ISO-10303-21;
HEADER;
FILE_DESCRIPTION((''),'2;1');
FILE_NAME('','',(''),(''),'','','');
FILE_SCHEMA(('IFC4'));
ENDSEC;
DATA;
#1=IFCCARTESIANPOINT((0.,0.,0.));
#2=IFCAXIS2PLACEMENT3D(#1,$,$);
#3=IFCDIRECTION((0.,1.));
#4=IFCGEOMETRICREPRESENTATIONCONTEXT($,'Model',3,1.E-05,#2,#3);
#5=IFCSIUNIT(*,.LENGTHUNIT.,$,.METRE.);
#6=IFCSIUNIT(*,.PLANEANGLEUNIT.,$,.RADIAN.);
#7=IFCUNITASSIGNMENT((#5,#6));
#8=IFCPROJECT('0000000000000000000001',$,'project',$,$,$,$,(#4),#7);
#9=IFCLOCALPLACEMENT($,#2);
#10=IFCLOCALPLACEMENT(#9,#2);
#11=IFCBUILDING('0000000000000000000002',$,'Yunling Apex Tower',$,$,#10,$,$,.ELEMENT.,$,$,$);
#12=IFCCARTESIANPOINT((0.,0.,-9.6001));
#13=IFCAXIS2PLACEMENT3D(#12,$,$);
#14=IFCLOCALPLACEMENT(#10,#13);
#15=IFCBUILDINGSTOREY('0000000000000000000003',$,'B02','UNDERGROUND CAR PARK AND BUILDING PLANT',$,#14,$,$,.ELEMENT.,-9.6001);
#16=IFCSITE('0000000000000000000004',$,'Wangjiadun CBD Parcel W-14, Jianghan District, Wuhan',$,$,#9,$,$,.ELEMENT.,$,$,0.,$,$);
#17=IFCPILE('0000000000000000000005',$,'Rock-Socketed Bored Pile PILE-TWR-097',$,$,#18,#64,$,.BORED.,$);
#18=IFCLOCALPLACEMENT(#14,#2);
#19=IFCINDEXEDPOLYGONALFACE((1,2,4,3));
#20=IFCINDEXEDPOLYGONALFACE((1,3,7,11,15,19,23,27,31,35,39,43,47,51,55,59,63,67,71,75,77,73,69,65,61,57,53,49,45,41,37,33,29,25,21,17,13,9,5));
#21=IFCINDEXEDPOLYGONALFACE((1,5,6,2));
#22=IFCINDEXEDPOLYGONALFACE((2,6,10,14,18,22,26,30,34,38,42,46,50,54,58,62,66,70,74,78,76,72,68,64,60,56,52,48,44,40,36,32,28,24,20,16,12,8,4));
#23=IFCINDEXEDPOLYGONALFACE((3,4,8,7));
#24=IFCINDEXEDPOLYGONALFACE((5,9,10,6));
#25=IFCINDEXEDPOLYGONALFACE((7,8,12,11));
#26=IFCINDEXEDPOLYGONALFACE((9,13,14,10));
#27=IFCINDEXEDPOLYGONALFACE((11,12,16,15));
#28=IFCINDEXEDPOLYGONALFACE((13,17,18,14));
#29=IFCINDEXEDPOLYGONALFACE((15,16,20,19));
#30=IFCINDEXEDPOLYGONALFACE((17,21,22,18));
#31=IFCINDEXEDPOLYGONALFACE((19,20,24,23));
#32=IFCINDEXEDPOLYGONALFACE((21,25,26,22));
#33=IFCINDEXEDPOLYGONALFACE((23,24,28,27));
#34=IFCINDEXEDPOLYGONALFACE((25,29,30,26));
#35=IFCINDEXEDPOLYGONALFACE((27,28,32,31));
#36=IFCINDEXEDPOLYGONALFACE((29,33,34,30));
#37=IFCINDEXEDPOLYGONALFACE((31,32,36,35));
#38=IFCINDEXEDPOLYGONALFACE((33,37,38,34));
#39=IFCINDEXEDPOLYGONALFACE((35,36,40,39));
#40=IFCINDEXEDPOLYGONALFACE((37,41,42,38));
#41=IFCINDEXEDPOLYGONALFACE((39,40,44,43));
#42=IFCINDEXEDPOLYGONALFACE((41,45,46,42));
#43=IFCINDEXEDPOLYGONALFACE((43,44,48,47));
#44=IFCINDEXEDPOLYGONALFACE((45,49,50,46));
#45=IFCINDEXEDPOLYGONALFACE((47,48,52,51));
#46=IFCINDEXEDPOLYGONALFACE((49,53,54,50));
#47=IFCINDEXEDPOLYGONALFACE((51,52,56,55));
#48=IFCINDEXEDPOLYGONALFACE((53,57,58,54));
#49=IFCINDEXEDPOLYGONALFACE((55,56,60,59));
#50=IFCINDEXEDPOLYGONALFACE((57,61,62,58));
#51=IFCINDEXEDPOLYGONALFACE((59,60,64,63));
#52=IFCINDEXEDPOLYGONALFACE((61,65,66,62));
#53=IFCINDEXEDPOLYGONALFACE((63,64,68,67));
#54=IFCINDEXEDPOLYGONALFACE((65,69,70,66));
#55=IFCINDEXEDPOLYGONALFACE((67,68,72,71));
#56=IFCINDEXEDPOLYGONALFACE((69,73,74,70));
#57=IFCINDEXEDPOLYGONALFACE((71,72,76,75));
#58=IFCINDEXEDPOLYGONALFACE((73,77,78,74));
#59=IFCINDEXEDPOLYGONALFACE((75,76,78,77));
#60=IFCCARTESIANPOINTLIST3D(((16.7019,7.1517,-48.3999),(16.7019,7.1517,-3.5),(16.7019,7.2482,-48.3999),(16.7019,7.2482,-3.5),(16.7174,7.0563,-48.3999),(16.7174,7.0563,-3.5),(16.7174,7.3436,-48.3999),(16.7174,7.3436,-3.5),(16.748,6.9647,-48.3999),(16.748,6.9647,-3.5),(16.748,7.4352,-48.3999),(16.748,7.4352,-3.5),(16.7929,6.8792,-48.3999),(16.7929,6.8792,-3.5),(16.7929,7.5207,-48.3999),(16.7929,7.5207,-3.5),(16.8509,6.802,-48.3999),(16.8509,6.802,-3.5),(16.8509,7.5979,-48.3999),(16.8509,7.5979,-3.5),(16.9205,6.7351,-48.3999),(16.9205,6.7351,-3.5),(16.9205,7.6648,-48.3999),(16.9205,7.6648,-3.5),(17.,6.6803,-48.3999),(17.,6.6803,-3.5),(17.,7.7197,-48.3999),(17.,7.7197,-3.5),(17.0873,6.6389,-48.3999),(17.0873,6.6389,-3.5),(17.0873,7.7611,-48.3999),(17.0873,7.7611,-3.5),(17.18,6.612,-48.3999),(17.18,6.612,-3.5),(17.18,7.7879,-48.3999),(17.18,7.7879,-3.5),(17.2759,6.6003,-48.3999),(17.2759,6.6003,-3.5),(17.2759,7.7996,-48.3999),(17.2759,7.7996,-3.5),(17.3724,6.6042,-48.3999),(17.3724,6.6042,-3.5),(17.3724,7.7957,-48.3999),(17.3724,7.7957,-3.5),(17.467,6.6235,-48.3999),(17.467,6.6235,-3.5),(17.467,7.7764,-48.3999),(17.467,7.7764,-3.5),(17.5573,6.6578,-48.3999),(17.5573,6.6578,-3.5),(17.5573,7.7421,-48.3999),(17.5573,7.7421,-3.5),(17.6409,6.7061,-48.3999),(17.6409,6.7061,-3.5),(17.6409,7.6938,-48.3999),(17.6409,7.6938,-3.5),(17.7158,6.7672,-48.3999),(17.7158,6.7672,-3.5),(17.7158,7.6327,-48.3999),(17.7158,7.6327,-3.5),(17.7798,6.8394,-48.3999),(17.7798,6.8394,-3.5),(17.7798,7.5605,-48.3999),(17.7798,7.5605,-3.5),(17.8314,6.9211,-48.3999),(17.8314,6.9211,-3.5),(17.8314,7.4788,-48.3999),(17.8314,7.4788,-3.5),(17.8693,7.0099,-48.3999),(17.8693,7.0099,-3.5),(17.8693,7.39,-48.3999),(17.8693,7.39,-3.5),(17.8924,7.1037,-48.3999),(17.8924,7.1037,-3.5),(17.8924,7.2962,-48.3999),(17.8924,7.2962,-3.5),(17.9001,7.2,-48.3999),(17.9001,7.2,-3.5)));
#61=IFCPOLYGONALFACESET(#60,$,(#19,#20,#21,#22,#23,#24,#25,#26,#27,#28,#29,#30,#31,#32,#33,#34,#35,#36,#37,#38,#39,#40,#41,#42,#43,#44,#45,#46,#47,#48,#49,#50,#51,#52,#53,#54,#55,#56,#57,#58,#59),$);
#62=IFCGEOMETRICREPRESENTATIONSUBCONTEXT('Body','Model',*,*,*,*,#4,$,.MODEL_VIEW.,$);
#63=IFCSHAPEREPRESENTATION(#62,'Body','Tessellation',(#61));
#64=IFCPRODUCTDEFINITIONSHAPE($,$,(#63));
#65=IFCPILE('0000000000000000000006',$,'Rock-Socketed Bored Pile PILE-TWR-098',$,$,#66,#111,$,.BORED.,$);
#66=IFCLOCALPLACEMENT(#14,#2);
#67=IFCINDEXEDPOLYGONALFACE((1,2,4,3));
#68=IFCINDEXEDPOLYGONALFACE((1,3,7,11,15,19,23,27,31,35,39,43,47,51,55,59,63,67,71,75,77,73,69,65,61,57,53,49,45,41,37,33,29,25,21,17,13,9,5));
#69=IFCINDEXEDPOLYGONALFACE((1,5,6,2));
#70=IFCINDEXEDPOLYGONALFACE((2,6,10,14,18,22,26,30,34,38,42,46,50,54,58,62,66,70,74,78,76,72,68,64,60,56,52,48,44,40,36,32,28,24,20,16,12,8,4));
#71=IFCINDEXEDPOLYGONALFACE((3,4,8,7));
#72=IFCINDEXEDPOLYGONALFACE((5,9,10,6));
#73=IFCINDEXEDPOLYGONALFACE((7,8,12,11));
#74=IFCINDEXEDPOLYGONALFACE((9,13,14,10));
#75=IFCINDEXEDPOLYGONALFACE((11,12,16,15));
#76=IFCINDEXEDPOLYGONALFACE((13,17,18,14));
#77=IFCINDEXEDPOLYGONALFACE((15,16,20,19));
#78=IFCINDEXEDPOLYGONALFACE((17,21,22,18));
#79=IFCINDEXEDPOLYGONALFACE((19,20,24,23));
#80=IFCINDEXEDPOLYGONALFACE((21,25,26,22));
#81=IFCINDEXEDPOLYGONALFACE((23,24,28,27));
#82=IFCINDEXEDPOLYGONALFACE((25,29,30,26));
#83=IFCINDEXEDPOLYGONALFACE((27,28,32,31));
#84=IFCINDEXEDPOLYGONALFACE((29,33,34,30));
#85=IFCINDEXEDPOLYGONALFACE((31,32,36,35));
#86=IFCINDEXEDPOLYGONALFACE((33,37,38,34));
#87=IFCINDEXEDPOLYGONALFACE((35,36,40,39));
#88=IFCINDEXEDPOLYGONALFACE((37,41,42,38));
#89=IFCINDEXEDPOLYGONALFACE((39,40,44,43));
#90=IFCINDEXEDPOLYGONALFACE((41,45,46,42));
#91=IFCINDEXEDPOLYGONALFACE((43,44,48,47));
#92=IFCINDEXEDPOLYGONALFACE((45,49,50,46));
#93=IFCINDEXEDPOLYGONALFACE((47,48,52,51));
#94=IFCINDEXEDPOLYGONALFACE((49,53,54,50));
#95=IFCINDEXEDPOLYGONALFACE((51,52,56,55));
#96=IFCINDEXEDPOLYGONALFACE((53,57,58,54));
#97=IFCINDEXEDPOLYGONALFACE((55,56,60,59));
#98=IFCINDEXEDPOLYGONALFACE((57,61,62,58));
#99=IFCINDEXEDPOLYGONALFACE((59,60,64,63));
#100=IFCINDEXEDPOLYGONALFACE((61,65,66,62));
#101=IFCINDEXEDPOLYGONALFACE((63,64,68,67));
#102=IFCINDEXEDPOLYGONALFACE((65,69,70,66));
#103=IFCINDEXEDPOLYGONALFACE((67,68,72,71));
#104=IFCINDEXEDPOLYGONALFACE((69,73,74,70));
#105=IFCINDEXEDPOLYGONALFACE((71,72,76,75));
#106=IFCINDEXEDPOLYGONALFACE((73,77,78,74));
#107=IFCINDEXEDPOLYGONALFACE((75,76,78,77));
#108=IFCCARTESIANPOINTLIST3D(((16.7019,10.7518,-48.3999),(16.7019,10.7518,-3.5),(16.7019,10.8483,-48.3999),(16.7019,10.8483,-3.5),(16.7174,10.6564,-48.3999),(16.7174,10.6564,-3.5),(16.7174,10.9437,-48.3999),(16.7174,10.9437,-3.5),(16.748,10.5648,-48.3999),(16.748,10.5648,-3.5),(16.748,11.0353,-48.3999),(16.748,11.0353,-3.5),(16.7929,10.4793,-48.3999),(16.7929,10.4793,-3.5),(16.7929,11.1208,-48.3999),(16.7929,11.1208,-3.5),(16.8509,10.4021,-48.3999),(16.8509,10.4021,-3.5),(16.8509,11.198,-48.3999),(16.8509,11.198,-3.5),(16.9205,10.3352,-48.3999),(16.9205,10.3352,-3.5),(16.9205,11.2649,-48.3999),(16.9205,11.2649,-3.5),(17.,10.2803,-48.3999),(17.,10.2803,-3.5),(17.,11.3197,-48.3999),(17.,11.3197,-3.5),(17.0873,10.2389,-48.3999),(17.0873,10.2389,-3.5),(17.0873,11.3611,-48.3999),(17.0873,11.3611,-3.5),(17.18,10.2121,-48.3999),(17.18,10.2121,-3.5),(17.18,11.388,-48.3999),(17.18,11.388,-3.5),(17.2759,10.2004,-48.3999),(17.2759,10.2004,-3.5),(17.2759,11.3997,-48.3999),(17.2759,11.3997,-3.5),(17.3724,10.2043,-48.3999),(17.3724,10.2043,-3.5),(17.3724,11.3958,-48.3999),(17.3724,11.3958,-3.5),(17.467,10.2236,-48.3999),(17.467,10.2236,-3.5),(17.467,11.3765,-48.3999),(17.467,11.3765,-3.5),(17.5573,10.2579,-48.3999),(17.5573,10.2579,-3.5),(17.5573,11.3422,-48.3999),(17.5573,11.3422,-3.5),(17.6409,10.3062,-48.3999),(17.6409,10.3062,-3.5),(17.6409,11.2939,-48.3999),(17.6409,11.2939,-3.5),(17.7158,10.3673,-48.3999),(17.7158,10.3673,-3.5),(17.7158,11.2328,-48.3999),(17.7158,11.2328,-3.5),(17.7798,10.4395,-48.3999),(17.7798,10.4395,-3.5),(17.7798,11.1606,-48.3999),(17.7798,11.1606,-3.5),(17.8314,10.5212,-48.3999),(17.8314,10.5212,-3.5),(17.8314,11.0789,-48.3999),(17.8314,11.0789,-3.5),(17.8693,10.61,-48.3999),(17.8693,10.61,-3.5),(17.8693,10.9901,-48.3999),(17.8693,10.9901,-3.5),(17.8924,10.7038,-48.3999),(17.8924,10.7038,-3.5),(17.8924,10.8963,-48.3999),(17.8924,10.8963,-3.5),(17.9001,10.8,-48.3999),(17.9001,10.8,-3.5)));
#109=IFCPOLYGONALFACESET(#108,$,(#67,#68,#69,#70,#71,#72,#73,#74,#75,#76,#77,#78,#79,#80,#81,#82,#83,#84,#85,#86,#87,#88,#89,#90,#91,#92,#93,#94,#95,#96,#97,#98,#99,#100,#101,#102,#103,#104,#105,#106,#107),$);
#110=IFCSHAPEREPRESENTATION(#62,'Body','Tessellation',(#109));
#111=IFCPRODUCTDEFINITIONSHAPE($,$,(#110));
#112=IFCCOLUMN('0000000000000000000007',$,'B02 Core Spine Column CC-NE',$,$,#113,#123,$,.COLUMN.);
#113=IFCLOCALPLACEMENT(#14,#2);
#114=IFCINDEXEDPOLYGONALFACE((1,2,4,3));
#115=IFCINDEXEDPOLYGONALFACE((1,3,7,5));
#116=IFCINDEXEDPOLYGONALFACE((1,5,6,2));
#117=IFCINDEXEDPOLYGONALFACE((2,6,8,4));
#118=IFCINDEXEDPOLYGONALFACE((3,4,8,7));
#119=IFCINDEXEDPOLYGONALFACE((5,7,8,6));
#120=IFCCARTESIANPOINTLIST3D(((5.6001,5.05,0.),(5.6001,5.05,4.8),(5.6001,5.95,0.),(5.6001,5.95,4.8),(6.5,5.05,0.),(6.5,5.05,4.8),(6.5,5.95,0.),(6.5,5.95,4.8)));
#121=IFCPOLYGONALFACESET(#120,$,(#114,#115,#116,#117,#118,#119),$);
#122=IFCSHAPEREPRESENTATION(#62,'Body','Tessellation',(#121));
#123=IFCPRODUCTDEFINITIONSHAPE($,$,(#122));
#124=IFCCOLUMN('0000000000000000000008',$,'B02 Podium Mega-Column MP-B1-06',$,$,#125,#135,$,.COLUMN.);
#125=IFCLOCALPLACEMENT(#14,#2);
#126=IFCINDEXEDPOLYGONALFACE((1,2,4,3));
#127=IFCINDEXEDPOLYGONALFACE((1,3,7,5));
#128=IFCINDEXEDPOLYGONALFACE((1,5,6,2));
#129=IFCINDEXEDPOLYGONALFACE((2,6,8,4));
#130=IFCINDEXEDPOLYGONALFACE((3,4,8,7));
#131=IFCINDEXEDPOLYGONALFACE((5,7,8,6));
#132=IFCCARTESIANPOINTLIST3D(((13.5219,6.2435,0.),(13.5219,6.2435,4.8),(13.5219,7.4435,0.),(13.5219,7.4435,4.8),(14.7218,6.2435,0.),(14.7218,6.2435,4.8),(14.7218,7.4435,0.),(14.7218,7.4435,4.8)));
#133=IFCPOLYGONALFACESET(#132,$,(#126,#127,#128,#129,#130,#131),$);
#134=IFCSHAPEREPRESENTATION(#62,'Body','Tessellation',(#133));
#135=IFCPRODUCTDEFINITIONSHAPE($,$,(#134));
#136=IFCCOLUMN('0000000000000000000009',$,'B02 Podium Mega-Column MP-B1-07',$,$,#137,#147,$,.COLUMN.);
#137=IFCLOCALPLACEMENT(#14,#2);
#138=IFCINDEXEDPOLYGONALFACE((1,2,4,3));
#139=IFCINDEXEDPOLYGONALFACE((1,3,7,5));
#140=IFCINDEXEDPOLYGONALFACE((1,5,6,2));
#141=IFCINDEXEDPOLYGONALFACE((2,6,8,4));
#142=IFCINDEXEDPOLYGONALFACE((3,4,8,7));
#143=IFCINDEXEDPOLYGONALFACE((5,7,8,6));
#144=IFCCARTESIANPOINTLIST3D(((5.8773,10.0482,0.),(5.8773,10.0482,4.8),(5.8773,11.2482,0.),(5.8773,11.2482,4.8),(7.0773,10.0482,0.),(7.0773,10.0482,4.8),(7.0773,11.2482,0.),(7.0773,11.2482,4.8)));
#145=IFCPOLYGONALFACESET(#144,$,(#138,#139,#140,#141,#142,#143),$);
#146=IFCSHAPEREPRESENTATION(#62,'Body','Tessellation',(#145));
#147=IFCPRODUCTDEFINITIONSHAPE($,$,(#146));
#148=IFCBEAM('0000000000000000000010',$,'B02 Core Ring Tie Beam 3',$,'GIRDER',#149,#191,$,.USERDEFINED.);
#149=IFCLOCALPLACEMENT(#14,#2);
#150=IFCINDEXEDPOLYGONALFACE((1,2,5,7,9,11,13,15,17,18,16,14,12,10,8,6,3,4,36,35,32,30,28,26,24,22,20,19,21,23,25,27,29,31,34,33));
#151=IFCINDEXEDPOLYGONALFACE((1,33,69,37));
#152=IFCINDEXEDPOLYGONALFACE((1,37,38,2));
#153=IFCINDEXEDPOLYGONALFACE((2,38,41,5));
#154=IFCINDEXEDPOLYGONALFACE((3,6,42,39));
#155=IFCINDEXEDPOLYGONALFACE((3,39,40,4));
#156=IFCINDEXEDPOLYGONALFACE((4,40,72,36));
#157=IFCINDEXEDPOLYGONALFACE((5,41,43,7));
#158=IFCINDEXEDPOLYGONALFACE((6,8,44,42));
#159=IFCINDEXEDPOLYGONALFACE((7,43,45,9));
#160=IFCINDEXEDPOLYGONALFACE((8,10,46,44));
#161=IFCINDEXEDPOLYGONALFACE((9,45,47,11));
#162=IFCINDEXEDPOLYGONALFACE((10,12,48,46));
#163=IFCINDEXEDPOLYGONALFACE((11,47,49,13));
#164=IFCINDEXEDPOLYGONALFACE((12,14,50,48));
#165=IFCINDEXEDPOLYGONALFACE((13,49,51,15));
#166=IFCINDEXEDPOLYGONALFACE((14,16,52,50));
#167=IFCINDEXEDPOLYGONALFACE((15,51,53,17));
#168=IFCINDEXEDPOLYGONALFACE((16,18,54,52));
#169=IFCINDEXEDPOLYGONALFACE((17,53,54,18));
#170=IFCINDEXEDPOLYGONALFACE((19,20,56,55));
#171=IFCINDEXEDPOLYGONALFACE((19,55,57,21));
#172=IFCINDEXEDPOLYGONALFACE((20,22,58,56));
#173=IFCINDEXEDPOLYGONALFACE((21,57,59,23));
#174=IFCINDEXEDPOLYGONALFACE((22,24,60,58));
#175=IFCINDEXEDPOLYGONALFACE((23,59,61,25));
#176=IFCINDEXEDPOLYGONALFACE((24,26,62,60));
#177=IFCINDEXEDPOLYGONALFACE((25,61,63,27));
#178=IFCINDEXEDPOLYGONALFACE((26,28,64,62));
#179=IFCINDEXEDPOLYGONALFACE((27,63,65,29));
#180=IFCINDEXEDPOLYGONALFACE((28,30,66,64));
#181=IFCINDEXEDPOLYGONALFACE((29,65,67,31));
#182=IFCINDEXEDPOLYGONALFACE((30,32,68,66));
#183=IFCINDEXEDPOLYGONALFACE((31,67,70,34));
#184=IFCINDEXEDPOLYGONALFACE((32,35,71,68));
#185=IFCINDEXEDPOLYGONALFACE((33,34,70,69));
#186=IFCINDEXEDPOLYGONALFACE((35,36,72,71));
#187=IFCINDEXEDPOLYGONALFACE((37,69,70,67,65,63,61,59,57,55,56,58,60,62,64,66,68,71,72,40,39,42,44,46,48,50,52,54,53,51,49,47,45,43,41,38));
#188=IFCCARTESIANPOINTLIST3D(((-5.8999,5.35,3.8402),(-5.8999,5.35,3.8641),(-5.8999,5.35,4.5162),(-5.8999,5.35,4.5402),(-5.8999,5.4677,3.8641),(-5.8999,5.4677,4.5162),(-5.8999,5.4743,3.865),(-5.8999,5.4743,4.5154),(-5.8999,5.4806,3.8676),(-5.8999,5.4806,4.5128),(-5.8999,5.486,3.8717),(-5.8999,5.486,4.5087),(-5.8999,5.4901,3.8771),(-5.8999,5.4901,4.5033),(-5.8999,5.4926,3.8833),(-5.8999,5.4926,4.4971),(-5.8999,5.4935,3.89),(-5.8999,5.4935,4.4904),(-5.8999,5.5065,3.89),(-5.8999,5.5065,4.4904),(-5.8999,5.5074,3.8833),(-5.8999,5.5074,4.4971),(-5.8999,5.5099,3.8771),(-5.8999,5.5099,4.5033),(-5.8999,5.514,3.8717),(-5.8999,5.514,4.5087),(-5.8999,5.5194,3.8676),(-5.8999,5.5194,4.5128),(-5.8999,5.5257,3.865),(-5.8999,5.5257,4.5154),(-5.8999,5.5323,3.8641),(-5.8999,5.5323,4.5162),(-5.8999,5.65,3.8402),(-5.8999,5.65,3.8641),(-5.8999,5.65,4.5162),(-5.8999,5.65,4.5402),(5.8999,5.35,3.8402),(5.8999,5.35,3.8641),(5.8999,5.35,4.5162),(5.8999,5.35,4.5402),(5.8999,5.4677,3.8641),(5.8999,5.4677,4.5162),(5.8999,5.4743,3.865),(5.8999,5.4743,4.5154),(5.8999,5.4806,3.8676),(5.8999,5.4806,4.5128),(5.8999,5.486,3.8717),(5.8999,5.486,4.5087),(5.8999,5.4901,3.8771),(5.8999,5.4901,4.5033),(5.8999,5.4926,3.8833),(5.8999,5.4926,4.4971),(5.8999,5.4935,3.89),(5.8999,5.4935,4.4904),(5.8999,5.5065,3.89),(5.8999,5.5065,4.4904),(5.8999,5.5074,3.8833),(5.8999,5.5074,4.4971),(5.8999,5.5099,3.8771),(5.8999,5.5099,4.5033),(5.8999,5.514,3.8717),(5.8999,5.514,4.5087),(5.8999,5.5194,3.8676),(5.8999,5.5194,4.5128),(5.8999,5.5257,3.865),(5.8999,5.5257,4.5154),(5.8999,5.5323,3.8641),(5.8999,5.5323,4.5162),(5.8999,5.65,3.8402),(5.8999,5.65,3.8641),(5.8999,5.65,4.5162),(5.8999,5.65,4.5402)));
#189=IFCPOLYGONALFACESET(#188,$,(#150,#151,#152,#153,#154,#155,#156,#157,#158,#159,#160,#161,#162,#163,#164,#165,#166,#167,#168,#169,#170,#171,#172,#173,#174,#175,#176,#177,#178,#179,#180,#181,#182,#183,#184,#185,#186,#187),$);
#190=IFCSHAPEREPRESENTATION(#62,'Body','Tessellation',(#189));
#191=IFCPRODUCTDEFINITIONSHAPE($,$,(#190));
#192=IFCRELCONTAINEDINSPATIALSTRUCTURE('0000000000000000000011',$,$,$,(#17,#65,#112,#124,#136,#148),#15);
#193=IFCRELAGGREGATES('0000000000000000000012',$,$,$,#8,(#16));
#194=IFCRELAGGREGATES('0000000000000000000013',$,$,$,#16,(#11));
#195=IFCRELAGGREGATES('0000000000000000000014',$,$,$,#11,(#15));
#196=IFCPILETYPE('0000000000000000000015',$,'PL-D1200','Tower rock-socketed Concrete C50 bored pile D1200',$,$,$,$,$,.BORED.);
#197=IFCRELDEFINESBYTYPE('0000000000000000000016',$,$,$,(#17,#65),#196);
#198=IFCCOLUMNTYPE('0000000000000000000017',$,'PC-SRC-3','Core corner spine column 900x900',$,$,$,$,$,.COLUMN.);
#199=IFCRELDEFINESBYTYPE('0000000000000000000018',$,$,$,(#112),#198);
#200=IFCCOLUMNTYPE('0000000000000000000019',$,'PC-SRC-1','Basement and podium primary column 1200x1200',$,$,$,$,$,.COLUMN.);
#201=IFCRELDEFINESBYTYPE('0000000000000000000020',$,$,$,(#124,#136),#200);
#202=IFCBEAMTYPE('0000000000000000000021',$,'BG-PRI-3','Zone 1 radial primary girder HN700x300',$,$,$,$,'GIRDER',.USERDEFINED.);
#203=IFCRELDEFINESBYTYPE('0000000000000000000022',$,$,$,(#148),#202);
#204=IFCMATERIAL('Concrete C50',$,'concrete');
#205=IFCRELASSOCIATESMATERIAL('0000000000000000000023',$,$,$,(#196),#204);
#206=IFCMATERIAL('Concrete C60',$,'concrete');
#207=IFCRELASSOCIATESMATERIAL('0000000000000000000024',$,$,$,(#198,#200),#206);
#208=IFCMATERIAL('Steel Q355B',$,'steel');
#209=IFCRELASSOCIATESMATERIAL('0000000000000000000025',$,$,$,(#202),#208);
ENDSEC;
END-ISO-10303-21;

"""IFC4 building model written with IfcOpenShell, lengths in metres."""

from ifc_helpers import new_model, si_unit, direction, frame, origin, origin_2d, place, context, subcontext, project, spatial, rectangle, circle, i_section, extrude, source, transform, mapped, material, material_profile, profile_set, type_object, element, save


model = new_model("IFC4")

# Units and contexts
model_context = context("Model", 3, precision=1e-05, world=origin(), true_north=direction((0.0, 1.0)))
body_context = subcontext(model_context, "Body", "Model", "MODEL_VIEW")
ifc_project = project(units=[si_unit("LENGTHUNIT", "METRE"), si_unit("PLANEANGLEUNIT", "RADIAN")], contexts=[model_context])

# Site, building, storey
site_placement = place(None, origin())
site = spatial("IfcSite", under=ifc_project, at=site_placement, Name="Wangjiadun CBD Parcel W-14, Jianghan District, Wuhan", CompositionType="ELEMENT", RefElevation=0.0)
building_placement = place(site_placement, origin())
building = spatial("IfcBuilding", under=site, at=building_placement, Name="Yunling Apex Tower", CompositionType="ELEMENT")
storey_placement = place(building_placement, frame((0.0, 0.0, -9.6001)))
storey = spatial("IfcBuildingStorey", under=building, at=storey_placement, Name="B02", Description="UNDERGROUND CAR PARK AND BUILDING PLANT", CompositionType="ELEMENT", Elevation=-9.6001)

# Piles
ifc_material_1 = material(Name="Concrete C50", Category="concrete")
ifc_material_profile_1 = material_profile(ifc_material_1, circle(Radius=0.6001, at=origin_2d()))
ifc_profile_set_1 = profile_set([ifc_material_profile_1], Name="Concrete C50")
pile_type = type_object("IfcPileType", Name="PL-D1200", Description="Tower rock-socketed Concrete C50 bored pile D1200", PredefinedType="BORED", material=ifc_profile_set_1)
shared_shape_1 = source(origin(), body_context, "Body", "SweptSolid", [
    extrude(circle(Radius=0.6001, at=origin_2d()), origin(), (0.0, 0.0, 1.0), 44.8999),
])
for number, where, z_axis, x_axis, name in (
    (1, (17.3, 7.2, -3.5), (0.0, 0.0, -1.0), (1.0, 0.0, 0.0), "Rock-Socketed Bored Pile PILE-TWR-097"),
    (2, (17.3, 10.8, -3.5), (0.0, 0.0, -1.0), (1.0, 0.0, 0.0), "Rock-Socketed Bored Pile PILE-TWR-098"),
):
    element("IfcPile", number, at=place(storey_placement, frame(where, z_axis=z_axis, x_axis=x_axis)), inside=storey, type_object=pile_type, Name=name, PredefinedType="BORED", context=body_context, shape_type="MappedRepresentation", body=[
        mapped(shared_shape_1, transform((0.0, 0.0, 0.0), scale=1.0)),
    ])

# Columns
ifc_material_2 = material(Name="Concrete C60", Category="concrete")
ifc_material_profile_2 = material_profile(ifc_material_2, rectangle(XDim=0.8999, YDim=0.8999, at=origin_2d()))
ifc_profile_set_2 = profile_set([ifc_material_profile_2], Name="Concrete C60")
column_type_1 = type_object("IfcColumnType", Name="PC-SRC-3", Description="Core corner spine column 900x900", PredefinedType="COLUMN", material=ifc_profile_set_2)
shared_shape_2 = source(origin(), body_context, "Body", "SweptSolid", [
    extrude(rectangle(XDim=0.8999, YDim=0.8999, at=origin_2d()), origin(), (0.0, 0.0, 1.0), 4.8),
])
column_placement = place(storey_placement, frame((6.05, 5.5, 0.0), z_axis=(0.0, 0.0, 1.0), x_axis=(1.0, 0.0, 0.0)))
element("IfcColumn", 3, at=column_placement, inside=storey, type_object=column_type_1, Name="B02 Core Spine Column CC-NE", PredefinedType="COLUMN", context=body_context, shape_type="MappedRepresentation", body=[
    mapped(shared_shape_2, transform((0.0, 0.0, 0.0), scale=1.0)),
])
ifc_material_profile_3 = material_profile(ifc_material_2, rectangle(XDim=1.2, YDim=1.2, at=origin_2d()))
ifc_profile_set_3 = profile_set([ifc_material_profile_3], Name="Concrete C60")
column_type_2 = type_object("IfcColumnType", Name="PC-SRC-1", Description="Basement and podium primary column 1200x1200", PredefinedType="COLUMN", material=ifc_profile_set_3)
shared_shape_3 = source(origin(), body_context, "Body", "SweptSolid", [
    extrude(rectangle(XDim=1.2, YDim=1.2, at=origin_2d()), origin(), (0.0, 0.0, 1.0), 4.8),
])
for number, where, z_axis, x_axis, name in (
    (4, (14.1218, 6.8435, 0.0), (0.0, 0.0, 1.0), (1.0, 0.0, 0.0), "B02 Podium Mega-Column MP-B1-06"),
    (5, (6.4773, 10.6482, 0.0), (0.0, 0.0, 1.0), (1.0, 0.0, 0.0), "B02 Podium Mega-Column MP-B1-07"),
):
    element("IfcColumn", number, at=place(storey_placement, frame(where, z_axis=z_axis, x_axis=x_axis)), inside=storey, type_object=column_type_2, Name=name, PredefinedType="COLUMN", context=body_context, shape_type="MappedRepresentation", body=[
        mapped(shared_shape_3, transform((0.0, 0.0, 0.0), scale=1.0)),
    ])

# Beam
ifc_material_3 = material(Name="Steel Q355B", Category="steel")
ifc_material_profile_4 = material_profile(ifc_material_3, i_section(OverallWidth=0.3, OverallDepth=0.7, WebThickness=0.0129, FlangeThickness=0.0239, FilletRadius=0.0259, at=origin_2d()))
ifc_profile_set_4 = profile_set([ifc_material_profile_4], Name="Steel Q355B")
beam_type_1 = type_object("IfcBeamType", Name="BG-PRI-3", Description="Zone 1 radial primary girder HN700x300", ElementType="GIRDER", PredefinedType="USERDEFINED", material=ifc_profile_set_4)
shared_shape_4 = source(origin(), body_context, "Body", "SweptSolid", [
    extrude(i_section(OverallWidth=0.3, OverallDepth=0.7, WebThickness=0.0129, FlangeThickness=0.0239, FilletRadius=0.0259, at=origin_2d()), origin(), (0.0, 0.0, 1.0), 11.7998),
])
beam_1_placement = place(storey_placement, frame((5.8999, 5.5, 4.1902), z_axis=(-1.0, 0.0, 0.0), x_axis=(0.0, -1.0, 0.0)))
element("IfcBeam", 6, at=beam_1_placement, inside=storey, type_object=beam_type_1, Name="B02 Core Ring Tie Beam 3", ObjectType="GIRDER", PredefinedType="USERDEFINED", context=body_context, shape_type="MappedRepresentation", body=[
    mapped(shared_shape_4, transform((0.0, 0.0, 0.0), scale=1.0)),
])

save(model, "model.ifc")
